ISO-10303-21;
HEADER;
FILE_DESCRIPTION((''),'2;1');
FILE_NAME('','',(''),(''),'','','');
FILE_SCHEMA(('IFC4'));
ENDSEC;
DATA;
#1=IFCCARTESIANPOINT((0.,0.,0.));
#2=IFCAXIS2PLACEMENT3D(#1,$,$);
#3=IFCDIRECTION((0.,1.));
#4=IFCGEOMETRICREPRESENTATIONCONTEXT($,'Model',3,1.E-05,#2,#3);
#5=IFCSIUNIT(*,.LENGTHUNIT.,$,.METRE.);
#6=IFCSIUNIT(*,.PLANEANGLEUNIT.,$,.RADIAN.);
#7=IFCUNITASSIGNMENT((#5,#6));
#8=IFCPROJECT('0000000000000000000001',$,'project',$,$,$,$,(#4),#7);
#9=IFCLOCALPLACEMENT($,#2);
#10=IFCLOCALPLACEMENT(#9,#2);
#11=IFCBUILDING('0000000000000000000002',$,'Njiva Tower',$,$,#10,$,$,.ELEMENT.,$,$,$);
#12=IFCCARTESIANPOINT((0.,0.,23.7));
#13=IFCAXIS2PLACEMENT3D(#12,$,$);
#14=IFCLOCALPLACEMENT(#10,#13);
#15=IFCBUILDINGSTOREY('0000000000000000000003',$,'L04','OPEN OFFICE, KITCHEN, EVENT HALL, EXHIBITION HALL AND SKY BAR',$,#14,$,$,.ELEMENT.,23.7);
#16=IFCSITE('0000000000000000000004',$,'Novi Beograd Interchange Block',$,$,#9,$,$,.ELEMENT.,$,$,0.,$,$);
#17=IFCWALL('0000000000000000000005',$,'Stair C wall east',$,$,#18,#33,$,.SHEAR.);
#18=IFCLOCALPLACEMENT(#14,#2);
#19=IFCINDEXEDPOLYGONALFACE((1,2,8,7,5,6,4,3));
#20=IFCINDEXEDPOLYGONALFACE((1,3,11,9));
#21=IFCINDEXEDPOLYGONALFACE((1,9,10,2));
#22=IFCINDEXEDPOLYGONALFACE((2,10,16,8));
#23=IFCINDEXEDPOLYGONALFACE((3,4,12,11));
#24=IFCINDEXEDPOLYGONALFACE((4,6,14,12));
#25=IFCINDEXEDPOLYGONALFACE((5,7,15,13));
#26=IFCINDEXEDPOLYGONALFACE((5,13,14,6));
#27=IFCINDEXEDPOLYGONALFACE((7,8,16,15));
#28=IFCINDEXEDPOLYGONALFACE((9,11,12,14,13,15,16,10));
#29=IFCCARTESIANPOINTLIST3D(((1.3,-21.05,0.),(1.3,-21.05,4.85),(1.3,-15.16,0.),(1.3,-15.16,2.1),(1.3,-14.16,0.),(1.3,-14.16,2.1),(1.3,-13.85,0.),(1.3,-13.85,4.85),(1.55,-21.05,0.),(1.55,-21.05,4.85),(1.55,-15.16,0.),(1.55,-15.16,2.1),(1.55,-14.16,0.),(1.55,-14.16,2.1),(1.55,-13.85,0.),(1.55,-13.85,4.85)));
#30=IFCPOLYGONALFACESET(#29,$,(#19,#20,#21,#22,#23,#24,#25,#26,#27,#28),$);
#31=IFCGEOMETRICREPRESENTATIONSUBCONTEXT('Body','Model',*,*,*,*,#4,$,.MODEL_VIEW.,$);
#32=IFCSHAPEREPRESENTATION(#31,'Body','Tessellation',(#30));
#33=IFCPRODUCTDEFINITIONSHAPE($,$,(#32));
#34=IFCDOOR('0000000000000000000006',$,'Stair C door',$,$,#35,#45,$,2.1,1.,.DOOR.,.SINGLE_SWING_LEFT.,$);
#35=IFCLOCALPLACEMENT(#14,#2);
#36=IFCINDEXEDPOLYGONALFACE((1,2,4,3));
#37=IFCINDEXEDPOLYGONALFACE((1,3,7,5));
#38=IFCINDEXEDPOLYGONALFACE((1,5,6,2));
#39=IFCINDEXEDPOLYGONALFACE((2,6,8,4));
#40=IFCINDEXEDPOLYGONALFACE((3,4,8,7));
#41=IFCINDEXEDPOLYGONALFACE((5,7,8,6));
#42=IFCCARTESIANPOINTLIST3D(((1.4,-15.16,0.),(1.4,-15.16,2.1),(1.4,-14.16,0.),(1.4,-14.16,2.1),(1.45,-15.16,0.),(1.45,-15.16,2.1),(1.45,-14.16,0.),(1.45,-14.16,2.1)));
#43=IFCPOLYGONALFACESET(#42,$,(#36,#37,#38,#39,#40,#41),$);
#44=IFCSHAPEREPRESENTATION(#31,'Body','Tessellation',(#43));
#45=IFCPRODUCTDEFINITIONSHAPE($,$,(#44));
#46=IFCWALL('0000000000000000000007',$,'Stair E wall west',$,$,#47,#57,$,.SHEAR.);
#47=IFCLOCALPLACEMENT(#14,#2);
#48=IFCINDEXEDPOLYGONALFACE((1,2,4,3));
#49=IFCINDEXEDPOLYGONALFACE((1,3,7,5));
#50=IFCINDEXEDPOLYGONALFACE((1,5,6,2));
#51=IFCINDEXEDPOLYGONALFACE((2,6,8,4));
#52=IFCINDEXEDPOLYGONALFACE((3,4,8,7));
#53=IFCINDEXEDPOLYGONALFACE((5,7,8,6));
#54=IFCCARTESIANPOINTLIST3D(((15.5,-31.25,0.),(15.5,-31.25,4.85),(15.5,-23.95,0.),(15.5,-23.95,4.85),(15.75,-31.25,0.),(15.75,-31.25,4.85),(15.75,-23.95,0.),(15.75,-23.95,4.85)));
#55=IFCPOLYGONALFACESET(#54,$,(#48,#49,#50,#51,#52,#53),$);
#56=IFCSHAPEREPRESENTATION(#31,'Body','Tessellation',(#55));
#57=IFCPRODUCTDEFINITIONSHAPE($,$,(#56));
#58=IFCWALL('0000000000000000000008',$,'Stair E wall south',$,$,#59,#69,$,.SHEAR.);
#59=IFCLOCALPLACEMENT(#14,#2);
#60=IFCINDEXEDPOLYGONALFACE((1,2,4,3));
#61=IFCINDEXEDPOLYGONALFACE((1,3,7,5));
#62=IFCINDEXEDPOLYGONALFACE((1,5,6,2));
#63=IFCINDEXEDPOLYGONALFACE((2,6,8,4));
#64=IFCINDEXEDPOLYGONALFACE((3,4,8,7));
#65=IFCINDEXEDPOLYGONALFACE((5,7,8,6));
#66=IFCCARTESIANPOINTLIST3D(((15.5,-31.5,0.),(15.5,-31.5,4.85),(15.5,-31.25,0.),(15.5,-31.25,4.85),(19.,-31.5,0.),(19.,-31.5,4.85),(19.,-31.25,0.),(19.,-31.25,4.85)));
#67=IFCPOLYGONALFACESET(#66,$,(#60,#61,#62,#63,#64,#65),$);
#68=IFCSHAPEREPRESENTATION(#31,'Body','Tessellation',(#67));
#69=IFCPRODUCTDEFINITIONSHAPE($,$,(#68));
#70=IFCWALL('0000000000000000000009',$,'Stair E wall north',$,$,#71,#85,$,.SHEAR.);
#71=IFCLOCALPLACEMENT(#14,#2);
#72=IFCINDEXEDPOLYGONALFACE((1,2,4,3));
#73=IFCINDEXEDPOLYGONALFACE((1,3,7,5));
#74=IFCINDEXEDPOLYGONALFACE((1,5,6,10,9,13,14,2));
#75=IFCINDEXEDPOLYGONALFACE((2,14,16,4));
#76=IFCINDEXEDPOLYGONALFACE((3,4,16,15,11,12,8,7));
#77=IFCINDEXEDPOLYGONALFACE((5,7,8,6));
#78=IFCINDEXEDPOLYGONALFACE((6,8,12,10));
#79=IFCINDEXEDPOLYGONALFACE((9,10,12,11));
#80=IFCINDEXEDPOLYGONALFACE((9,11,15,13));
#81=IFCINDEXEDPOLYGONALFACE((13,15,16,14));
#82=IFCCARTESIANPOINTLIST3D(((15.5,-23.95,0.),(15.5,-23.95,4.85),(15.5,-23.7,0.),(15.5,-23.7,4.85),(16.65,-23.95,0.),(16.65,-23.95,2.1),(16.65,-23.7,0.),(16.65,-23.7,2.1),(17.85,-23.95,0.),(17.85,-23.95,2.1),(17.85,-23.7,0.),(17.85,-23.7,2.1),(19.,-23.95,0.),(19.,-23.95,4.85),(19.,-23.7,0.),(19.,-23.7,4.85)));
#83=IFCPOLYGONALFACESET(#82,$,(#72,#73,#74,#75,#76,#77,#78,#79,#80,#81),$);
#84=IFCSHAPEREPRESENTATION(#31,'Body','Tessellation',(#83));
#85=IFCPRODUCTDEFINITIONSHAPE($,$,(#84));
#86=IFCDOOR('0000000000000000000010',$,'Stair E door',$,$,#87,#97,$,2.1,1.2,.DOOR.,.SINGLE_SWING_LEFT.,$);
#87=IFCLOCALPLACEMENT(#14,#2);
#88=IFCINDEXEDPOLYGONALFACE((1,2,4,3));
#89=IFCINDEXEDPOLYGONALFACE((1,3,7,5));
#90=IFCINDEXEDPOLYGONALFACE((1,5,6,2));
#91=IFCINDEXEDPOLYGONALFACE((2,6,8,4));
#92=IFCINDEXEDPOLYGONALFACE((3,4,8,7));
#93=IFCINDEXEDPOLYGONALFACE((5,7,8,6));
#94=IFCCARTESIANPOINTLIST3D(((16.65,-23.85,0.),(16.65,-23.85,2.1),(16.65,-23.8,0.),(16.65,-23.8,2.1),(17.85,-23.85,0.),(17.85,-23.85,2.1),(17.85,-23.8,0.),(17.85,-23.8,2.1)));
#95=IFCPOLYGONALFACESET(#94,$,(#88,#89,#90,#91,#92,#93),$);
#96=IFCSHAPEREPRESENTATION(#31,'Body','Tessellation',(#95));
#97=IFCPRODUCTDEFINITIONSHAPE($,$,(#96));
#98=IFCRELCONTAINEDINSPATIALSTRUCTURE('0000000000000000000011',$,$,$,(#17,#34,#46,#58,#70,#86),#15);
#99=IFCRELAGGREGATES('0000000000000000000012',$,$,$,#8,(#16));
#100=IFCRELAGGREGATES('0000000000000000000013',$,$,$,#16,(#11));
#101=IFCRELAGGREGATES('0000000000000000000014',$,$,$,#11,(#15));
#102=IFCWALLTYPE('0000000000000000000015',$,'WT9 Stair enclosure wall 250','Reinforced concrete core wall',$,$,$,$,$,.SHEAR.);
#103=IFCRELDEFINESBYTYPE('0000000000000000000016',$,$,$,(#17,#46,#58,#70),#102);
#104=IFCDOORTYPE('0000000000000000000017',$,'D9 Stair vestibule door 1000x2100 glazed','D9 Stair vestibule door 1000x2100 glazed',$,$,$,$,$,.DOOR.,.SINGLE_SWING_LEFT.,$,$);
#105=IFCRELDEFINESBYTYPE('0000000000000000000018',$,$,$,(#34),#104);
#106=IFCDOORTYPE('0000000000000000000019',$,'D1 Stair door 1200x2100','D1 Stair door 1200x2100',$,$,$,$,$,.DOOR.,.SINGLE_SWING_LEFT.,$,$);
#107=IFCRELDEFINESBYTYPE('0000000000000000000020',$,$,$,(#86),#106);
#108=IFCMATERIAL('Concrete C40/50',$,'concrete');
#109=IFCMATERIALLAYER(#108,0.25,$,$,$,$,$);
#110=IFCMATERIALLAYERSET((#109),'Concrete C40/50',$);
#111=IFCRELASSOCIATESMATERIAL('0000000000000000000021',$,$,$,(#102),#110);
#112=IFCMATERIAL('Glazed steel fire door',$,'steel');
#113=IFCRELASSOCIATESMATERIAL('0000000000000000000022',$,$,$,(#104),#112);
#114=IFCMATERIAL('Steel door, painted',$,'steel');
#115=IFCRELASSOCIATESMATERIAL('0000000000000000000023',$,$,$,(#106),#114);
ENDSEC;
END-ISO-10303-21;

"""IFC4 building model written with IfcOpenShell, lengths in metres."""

from ifc_helpers import new_model, si_unit, direction, frame, frame_2d, origin, place, context, subcontext, project, spatial, rectangle, extrude, material, layer, layer_set, type_object, element, fill, save


model = new_model("IFC4")

# Units and contexts
model_context = context("Model", 3, precision=1e-05, world=origin(), true_north=direction((0.0, 1.0)))
body_context = subcontext(model_context, "Body", "Model", "MODEL_VIEW")
ifc_project = project(units=[si_unit("LENGTHUNIT", "METRE"), si_unit("PLANEANGLEUNIT", "RADIAN")], contexts=[model_context])

# Site, building, storey
site_placement = place(None, origin())
site = spatial("IfcSite", under=ifc_project, at=site_placement, Name="Novi Beograd Interchange Block", CompositionType="ELEMENT", RefElevation=0.0)
building_placement = place(site_placement, origin())
building = spatial("IfcBuilding", under=site, at=building_placement, Name="Njiva Tower", CompositionType="ELEMENT")
storey_placement = place(building_placement, frame((0.0, 0.0, 23.7)))
storey = spatial("IfcBuildingStorey", under=building, at=storey_placement, Name="L04", Description="OPEN OFFICE, KITCHEN, EVENT HALL, EXHIBITION HALL AND SKY BAR", CompositionType="ELEMENT", Elevation=23.7)

# Wall, opening, door
ifc_material_1 = material(Name="Glazed steel fire door", Category="steel")
ifc_material_2 = material(Name="Concrete C40/50", Category="concrete")
ifc_layer_1 = layer(ifc_material_2, 0.25)
ifc_layer_set_1 = layer_set([ifc_layer_1], Name="Concrete C40/50")
wall_type_1 = type_object("IfcWallType", Name="WT9 Stair enclosure wall 250", Description="Reinforced concrete core wall", PredefinedType="SHEAR", material=ifc_layer_set_1)
wall_1_placement = place(storey_placement, frame((1.425, -21.05, 0.0), z_axis=(0.0, 0.0, 1.0), x_axis=(0.0, 1.0, 0.0)))
wall_1 = element("IfcWall", 1, at=wall_1_placement, inside=storey, type_object=wall_type_1, Name="Stair C wall east", PredefinedType="SHEAR", context=body_context, shape_type="SweptSolid", body=[
    extrude(rectangle(XDim=7.2, YDim=0.25, at=frame_2d((3.6, 0.0))), origin(), (0.0, 0.0, 1.0), 4.85),
])
opening_1_placement = place(wall_1_placement, frame((5.89, 0.0, 0.0)))
opening_1 = element("IfcOpeningElement", 2, at=opening_1_placement, cuts=wall_1, PredefinedType="OPENING", context=body_context, shape_type="SweptSolid", body=[
    extrude(rectangle(XDim=1.0, YDim=2.1, at=frame_2d((0.5, 1.05))), frame((0.0, 0.135, 0.0), z_axis=(0.0, -1.0, 0.0), x_axis=(1.0, 0.0, 0.0)), (0.0, 0.0, 1.0), 0.27),
])
door_type_1 = type_object("IfcDoorType", Name="D9 Stair vestibule door 1000x2100 glazed", Description="D9 Stair vestibule door 1000x2100 glazed", OperationType="SINGLE_SWING_LEFT", PredefinedType="DOOR", material=ifc_material_1)
door_1_placement = place(opening_1_placement, origin())
door_1 = element("IfcDoor", 3, at=door_1_placement, inside=storey, type_object=door_type_1, Name="Stair C door", OperationType="SINGLE_SWING_LEFT", OverallHeight=2.1, OverallWidth=1.0, PredefinedType="DOOR", context=body_context, shape_type="SweptSolid", body=[
    extrude(rectangle(XDim=1.0, YDim=2.1, at=frame_2d((0.5, 1.05))), frame((0.0, 0.025, 0.0), z_axis=(0.0, -1.0, 0.0), x_axis=(1.0, 0.0, 0.0)), (0.0, 0.0, 1.0), 0.05),
])
fill(opening_1, door_1)

# Walls
wall_2_placement = place(storey_placement, frame((15.625, -31.25, 0.0), z_axis=(0.0, 0.0, 1.0), x_axis=(0.0, 1.0, 0.0)))
element("IfcWall", 4, at=wall_2_placement, inside=storey, type_object=wall_type_1, Name="Stair E wall west", PredefinedType="SHEAR", context=body_context, shape_type="SweptSolid", body=[
    extrude(rectangle(XDim=7.3, YDim=0.25, at=frame_2d((3.65, 0.0))), origin(), (0.0, 0.0, 1.0), 4.85),
])
wall_3_placement = place(storey_placement, frame((15.5, -31.375, 0.0), z_axis=(0.0, 0.0, 1.0), x_axis=(1.0, 0.0, 0.0)))
element("IfcWall", 5, at=wall_3_placement, inside=storey, type_object=wall_type_1, Name="Stair E wall south", PredefinedType="SHEAR", context=body_context, shape_type="SweptSolid", body=[
    extrude(rectangle(XDim=3.5, YDim=0.25, at=frame_2d((1.75, 0.0))), origin(), (0.0, 0.0, 1.0), 4.85),
])

# Wall, opening, door
wall_4_placement = place(storey_placement, frame((15.5, -23.825, 0.0), z_axis=(0.0, 0.0, 1.0), x_axis=(1.0, 0.0, 0.0)))
wall_4 = element("IfcWall", 6, at=wall_4_placement, inside=storey, type_object=wall_type_1, Name="Stair E wall north", PredefinedType="SHEAR", context=body_context, shape_type="SweptSolid", body=[
    extrude(rectangle(XDim=3.5, YDim=0.25, at=frame_2d((1.75, 0.0))), origin(), (0.0, 0.0, 1.0), 4.85),
])
opening_2_placement = place(wall_4_placement, frame((1.15, 0.0, 0.0)))
opening_2 = element("IfcOpeningElement", 7, at=opening_2_placement, cuts=wall_4, PredefinedType="OPENING", context=body_context, shape_type="SweptSolid", body=[
    extrude(rectangle(XDim=1.2, YDim=2.1, at=frame_2d((0.6, 1.05))), frame((0.0, 0.135, 0.0), z_axis=(0.0, -1.0, 0.0), x_axis=(1.0, 0.0, 0.0)), (0.0, 0.0, 1.0), 0.27),
])
ifc_material_3 = material(Name="Steel door, painted", Category="steel")
door_type_2 = type_object("IfcDoorType", Name="D1 Stair door 1200x2100", Description="D1 Stair door 1200x2100", OperationType="SINGLE_SWING_LEFT", PredefinedType="DOOR", material=ifc_material_3)
door_2_placement = place(opening_2_placement, origin())
door_2 = element("IfcDoor", 8, at=door_2_placement, inside=storey, type_object=door_type_2, Name="Stair E door", OperationType="SINGLE_SWING_LEFT", OverallHeight=2.1, OverallWidth=1.2, PredefinedType="DOOR", context=body_context, shape_type="SweptSolid", body=[
    extrude(rectangle(XDim=1.2, YDim=2.1, at=frame_2d((0.6, 1.05))), frame((0.0, 0.025, 0.0), z_axis=(0.0, -1.0, 0.0), x_axis=(1.0, 0.0, 0.0)), (0.0, 0.0, 1.0), 0.05),
])
fill(opening_2, door_2)

save(model, "model.ifc")
